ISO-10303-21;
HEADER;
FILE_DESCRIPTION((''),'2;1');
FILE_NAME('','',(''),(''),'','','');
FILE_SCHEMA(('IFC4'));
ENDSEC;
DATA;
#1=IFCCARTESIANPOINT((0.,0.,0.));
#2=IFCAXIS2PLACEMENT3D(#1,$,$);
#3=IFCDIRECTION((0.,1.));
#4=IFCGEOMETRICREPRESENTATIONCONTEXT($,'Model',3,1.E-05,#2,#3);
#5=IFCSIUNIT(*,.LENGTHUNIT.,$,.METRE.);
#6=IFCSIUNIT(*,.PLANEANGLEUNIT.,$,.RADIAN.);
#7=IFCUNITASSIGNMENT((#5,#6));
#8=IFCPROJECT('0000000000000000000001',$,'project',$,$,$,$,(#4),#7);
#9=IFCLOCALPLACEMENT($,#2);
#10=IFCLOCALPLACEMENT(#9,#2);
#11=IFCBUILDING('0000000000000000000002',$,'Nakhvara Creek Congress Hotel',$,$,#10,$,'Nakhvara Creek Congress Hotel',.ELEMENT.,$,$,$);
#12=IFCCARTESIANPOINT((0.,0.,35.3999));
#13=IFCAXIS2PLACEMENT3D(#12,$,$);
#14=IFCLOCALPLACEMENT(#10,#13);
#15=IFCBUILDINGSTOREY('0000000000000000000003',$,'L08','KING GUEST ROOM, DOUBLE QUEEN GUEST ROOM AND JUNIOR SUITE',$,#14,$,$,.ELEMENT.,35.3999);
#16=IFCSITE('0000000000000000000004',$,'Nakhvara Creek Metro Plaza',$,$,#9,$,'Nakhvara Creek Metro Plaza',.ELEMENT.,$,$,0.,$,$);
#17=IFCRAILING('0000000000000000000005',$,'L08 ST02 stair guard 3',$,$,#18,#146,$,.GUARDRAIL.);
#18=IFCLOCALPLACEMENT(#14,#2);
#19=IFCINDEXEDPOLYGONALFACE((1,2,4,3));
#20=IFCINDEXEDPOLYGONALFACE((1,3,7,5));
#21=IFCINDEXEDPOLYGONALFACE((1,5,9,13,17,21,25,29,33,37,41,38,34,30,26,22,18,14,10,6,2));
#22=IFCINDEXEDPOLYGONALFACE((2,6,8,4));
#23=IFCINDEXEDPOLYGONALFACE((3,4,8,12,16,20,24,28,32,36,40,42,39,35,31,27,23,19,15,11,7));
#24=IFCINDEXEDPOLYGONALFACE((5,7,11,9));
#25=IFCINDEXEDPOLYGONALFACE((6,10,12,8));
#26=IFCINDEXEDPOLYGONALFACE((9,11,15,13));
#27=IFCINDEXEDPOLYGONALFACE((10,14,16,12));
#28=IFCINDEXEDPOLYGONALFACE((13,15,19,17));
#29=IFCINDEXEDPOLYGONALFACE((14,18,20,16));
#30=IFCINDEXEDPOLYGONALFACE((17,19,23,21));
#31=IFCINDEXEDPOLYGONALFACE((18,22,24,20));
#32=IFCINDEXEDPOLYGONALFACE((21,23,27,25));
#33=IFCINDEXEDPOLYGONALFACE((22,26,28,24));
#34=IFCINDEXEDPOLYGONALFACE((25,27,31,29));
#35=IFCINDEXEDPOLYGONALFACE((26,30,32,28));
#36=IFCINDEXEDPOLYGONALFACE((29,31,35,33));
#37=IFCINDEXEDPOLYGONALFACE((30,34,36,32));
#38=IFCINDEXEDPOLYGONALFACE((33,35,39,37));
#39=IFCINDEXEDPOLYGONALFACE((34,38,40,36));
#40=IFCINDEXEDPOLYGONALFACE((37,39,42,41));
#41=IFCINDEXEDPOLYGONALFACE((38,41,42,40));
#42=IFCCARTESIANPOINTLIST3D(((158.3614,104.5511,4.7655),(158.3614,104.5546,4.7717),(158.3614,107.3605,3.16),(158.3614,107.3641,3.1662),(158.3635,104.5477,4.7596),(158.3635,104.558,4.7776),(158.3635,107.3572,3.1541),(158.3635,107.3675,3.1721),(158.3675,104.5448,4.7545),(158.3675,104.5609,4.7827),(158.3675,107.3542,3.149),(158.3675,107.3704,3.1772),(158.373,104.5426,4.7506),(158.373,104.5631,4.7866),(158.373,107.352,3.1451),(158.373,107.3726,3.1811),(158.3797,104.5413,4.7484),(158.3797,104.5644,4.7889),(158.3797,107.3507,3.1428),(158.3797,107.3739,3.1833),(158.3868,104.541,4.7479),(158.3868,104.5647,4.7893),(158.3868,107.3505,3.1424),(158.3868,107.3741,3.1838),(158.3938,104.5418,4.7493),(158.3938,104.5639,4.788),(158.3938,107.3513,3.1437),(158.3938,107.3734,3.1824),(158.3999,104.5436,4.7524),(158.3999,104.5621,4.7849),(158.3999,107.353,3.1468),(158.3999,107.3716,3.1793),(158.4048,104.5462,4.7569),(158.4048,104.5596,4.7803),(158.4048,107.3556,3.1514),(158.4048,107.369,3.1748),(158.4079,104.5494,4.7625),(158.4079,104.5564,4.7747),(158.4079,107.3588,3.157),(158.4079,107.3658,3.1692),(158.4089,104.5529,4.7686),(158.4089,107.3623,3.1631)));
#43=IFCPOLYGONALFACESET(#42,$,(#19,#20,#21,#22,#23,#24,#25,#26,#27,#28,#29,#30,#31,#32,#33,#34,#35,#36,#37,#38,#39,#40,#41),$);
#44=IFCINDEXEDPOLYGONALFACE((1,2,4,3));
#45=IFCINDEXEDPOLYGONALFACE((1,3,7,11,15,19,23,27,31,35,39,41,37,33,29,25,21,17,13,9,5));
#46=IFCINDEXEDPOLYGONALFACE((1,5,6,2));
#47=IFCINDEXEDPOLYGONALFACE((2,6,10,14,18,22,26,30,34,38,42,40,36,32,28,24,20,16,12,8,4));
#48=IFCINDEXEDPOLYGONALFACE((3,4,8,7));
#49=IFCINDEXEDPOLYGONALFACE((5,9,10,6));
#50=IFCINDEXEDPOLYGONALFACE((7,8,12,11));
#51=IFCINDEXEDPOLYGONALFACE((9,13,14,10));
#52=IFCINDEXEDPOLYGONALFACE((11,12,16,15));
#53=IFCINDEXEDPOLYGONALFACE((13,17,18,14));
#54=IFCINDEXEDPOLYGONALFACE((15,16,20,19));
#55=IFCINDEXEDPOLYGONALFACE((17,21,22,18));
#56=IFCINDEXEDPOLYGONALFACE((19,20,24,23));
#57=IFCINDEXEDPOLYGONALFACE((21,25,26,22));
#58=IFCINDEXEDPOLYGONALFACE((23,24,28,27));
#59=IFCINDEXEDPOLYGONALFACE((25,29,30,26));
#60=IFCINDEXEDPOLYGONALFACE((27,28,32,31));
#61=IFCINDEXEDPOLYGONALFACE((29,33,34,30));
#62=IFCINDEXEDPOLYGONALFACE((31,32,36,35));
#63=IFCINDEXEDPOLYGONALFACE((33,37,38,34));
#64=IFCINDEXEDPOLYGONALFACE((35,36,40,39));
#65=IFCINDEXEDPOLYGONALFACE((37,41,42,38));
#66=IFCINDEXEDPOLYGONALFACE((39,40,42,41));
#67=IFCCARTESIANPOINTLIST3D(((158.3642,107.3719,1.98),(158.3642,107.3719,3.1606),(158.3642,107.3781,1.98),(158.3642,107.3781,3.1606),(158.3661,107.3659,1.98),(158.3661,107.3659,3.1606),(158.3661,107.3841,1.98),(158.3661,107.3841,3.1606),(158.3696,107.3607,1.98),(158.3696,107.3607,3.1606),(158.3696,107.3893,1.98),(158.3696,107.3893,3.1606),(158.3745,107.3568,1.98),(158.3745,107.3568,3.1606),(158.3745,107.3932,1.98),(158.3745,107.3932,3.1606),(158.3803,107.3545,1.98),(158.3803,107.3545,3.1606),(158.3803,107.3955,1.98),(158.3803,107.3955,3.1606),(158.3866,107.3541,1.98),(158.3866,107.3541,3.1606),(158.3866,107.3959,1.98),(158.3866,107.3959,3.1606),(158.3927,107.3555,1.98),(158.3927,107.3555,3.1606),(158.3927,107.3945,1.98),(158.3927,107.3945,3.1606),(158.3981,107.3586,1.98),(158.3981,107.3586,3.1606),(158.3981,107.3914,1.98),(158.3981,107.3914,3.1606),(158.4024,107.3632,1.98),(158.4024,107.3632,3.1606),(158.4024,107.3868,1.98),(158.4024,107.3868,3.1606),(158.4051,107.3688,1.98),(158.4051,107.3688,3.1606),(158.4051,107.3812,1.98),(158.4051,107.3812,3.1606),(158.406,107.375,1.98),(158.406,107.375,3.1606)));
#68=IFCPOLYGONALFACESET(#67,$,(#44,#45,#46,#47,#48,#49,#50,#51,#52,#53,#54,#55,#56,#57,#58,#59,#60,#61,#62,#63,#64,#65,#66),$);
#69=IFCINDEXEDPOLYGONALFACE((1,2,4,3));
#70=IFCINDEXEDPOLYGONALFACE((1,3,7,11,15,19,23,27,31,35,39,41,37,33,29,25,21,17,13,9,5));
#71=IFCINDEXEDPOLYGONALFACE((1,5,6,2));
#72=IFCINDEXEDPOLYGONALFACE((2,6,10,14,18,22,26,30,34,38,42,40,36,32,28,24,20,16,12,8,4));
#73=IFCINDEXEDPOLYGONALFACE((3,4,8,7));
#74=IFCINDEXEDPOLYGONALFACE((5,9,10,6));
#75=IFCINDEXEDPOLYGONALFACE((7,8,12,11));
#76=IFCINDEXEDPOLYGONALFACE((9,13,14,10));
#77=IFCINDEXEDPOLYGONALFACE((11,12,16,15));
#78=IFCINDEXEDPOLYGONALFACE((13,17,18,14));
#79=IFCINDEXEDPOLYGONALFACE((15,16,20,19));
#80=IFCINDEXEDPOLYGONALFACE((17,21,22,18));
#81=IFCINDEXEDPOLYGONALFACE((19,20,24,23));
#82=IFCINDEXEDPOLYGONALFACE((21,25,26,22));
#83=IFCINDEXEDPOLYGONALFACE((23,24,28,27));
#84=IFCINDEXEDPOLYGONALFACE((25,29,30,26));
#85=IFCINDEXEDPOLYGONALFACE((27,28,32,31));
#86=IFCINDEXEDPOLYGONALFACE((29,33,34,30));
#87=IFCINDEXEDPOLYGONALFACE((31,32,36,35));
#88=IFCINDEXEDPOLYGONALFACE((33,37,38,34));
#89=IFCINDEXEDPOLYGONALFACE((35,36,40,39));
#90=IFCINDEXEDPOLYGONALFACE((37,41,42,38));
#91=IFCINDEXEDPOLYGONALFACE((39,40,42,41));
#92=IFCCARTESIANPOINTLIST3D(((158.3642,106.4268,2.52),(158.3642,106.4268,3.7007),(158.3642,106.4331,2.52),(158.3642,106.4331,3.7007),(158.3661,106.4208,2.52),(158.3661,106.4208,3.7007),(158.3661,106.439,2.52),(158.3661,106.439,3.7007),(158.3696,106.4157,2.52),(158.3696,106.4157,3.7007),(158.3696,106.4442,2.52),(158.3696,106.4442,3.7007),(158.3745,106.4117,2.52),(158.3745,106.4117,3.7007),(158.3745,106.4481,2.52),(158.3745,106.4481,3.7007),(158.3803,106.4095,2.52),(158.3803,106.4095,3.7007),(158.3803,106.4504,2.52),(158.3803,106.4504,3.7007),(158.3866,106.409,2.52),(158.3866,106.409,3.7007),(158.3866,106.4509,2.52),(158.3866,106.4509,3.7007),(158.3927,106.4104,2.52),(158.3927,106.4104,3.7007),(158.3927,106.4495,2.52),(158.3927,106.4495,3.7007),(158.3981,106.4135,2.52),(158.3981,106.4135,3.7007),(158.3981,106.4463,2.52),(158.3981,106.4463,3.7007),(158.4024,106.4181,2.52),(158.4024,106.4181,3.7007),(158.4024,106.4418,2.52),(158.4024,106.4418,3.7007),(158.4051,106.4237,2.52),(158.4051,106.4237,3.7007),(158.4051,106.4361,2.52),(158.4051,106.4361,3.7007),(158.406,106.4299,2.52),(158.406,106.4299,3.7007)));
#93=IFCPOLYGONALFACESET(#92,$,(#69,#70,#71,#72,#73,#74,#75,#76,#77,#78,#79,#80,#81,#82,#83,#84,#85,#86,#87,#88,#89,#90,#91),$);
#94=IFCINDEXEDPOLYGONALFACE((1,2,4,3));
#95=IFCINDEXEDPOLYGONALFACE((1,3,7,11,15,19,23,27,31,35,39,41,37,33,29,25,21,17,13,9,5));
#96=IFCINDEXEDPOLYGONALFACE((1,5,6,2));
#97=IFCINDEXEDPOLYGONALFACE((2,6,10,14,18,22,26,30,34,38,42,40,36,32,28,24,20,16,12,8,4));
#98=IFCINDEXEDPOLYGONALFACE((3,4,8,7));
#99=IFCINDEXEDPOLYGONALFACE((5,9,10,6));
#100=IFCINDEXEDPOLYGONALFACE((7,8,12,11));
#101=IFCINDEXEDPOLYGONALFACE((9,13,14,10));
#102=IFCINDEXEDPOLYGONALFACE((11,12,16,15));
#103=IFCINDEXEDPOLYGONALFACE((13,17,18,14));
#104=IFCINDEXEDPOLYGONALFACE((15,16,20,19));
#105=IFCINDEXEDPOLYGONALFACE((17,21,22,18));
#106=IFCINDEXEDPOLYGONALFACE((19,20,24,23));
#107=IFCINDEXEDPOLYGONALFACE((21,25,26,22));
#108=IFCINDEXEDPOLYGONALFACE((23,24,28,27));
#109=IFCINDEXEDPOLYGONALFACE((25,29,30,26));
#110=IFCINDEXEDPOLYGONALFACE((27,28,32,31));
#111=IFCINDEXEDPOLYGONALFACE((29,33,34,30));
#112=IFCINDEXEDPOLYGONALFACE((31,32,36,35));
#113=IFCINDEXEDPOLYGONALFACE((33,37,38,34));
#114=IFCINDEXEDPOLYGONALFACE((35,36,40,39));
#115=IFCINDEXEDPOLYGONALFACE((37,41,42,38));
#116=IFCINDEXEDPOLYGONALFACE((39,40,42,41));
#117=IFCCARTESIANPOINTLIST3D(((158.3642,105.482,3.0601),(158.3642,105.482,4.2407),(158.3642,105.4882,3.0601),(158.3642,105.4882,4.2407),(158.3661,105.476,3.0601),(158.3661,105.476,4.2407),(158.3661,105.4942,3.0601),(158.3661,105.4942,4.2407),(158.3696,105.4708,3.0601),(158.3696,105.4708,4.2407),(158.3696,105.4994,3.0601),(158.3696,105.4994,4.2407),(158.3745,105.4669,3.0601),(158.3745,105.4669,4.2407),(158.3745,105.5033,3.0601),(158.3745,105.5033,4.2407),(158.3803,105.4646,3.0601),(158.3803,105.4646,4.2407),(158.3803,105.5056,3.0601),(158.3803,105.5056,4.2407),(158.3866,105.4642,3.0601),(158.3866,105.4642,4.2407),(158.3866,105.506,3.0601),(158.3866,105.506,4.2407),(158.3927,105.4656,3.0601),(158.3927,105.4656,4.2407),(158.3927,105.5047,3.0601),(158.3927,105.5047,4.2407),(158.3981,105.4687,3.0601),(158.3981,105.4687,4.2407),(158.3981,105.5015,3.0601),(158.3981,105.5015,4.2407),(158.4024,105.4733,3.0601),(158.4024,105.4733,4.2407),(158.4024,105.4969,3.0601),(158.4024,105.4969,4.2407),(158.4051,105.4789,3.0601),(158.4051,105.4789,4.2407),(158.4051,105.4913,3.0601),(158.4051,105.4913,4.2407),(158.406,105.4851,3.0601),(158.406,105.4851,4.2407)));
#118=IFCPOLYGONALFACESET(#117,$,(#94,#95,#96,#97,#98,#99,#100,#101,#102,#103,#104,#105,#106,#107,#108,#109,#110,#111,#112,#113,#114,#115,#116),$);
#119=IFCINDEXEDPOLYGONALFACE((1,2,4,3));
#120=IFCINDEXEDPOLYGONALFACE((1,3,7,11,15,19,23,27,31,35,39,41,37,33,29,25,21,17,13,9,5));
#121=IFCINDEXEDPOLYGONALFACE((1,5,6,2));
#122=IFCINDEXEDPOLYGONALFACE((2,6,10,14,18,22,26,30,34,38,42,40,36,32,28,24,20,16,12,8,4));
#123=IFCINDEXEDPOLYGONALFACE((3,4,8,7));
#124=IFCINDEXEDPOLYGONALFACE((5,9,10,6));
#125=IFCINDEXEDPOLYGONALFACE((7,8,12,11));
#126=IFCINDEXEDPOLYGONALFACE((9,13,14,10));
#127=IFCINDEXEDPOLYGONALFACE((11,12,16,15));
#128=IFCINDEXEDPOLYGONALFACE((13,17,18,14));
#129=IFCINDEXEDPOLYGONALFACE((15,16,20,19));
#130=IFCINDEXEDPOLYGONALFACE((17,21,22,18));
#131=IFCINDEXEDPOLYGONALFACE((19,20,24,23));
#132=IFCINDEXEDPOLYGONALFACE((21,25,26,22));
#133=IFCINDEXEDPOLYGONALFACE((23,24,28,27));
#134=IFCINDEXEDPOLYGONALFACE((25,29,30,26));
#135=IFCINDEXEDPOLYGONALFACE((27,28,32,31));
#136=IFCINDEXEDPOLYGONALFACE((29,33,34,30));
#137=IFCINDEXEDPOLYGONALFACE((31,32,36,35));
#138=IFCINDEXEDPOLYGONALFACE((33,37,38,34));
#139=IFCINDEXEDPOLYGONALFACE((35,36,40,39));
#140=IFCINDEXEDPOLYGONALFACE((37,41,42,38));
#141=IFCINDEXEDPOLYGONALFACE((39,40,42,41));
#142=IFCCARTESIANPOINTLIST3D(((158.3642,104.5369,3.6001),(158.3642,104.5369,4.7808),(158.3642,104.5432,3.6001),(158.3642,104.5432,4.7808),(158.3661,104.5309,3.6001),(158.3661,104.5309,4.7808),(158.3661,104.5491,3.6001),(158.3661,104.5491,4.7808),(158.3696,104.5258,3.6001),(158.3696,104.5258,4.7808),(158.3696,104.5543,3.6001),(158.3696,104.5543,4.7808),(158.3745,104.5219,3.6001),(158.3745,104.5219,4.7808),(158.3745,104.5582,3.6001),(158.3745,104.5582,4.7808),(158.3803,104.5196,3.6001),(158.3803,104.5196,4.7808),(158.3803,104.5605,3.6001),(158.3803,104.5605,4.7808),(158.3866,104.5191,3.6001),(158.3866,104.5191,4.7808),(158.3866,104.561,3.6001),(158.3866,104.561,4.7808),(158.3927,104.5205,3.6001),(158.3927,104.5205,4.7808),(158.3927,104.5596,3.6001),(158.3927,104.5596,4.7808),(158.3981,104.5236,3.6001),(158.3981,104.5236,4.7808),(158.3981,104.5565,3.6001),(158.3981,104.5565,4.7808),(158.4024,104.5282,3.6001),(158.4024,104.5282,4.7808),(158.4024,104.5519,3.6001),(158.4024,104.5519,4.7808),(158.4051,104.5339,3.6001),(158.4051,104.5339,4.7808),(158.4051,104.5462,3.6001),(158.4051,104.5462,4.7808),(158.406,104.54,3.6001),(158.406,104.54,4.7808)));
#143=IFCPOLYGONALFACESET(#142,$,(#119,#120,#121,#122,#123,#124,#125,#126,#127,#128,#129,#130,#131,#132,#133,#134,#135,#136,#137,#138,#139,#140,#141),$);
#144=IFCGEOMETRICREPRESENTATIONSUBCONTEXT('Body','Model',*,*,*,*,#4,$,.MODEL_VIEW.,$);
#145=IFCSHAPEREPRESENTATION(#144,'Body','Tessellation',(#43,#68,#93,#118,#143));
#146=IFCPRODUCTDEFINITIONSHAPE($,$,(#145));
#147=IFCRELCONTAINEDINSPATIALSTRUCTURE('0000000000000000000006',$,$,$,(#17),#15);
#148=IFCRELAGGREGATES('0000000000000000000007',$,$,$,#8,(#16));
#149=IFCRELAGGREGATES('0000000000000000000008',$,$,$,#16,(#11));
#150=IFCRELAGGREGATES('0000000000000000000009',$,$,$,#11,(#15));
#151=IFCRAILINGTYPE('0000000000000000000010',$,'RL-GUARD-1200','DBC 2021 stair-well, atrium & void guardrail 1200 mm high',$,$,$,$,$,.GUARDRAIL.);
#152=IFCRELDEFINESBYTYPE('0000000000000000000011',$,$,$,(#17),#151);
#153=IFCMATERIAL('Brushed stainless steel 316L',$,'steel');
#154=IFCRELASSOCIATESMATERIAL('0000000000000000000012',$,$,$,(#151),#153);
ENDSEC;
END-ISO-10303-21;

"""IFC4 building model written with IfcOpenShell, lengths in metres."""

from ifc_helpers import new_model, si_unit, direction, frame, origin, origin_2d, place, context, subcontext, project, spatial, circle, extrude, material, type_object, element, save


model = new_model("IFC4")

# Units and contexts
model_context = context("Model", 3, precision=1e-05, world=origin(), true_north=direction((0.0, 1.0)))
body_context = subcontext(model_context, "Body", "Model", "MODEL_VIEW")
ifc_project = project(units=[si_unit("LENGTHUNIT", "METRE"), si_unit("PLANEANGLEUNIT", "RADIAN")], contexts=[model_context])

# Site, building, storey
site_placement = place(None, origin())
site = spatial("IfcSite", under=ifc_project, at=site_placement, Name="Nakhvara Creek Metro Plaza", LongName="Nakhvara Creek Metro Plaza", CompositionType="ELEMENT", RefElevation=0.0)
building_placement = place(site_placement, origin())
building = spatial("IfcBuilding", under=site, at=building_placement, Name="Nakhvara Creek Congress Hotel", LongName="Nakhvara Creek Congress Hotel", CompositionType="ELEMENT")
storey_placement = place(building_placement, frame((0.0, 0.0, 35.3999)))
storey = spatial("IfcBuildingStorey", under=building, at=storey_placement, Name="L08", Description="KING GUEST ROOM, DOUBLE QUEEN GUEST ROOM AND JUNIOR SUITE", CompositionType="ELEMENT", Elevation=35.3999)

# Railing
ifc_material_1 = material(Name="Brushed stainless steel 316L", Category="steel")
railing_type_1 = type_object("IfcRailingType", Name="RL-GUARD-1200", Description="DBC 2021 stair-well, atrium & void guardrail 1200 mm high", PredefinedType="GUARDRAIL", material=ifc_material_1)
railing_1_placement = place(storey_placement, frame((158.385, 107.375, 1.98)))
element("IfcRailing", 1, at=railing_1_placement, inside=storey, type_object=railing_type_1, Name="L08 ST02 stair guard 3", PredefinedType="GUARDRAIL", context=body_context, shape_type="SweptSolid", body=[
    extrude(circle(Radius=0.0239, at=origin_2d()), frame((0.0, -0.0127, 1.1831), z_axis=(0.0, -0.868225, 0.496171), x_axis=(1.0, 0.0, 0.0)), (0.0, 0.0, 1.0), 3.2358),
    extrude(circle(Radius=0.021, at=origin_2d()), origin(), (0.0, 0.0, 1.0), 1.1807),
    extrude(circle(Radius=0.021, at=origin_2d()), frame((0.0, -0.9451, 0.54)), (0.0, 0.0, 1.0), 1.1807),
    extrude(circle(Radius=0.021, at=origin_2d()), frame((0.0, -1.8899, 1.0801)), (0.0, 0.0, 1.0), 1.1807),
    extrude(circle(Radius=0.021, at=origin_2d()), frame((0.0, -2.835, 1.6201)), (0.0, 0.0, 1.0), 1.1807),
])

save(model, "model.ifc")
